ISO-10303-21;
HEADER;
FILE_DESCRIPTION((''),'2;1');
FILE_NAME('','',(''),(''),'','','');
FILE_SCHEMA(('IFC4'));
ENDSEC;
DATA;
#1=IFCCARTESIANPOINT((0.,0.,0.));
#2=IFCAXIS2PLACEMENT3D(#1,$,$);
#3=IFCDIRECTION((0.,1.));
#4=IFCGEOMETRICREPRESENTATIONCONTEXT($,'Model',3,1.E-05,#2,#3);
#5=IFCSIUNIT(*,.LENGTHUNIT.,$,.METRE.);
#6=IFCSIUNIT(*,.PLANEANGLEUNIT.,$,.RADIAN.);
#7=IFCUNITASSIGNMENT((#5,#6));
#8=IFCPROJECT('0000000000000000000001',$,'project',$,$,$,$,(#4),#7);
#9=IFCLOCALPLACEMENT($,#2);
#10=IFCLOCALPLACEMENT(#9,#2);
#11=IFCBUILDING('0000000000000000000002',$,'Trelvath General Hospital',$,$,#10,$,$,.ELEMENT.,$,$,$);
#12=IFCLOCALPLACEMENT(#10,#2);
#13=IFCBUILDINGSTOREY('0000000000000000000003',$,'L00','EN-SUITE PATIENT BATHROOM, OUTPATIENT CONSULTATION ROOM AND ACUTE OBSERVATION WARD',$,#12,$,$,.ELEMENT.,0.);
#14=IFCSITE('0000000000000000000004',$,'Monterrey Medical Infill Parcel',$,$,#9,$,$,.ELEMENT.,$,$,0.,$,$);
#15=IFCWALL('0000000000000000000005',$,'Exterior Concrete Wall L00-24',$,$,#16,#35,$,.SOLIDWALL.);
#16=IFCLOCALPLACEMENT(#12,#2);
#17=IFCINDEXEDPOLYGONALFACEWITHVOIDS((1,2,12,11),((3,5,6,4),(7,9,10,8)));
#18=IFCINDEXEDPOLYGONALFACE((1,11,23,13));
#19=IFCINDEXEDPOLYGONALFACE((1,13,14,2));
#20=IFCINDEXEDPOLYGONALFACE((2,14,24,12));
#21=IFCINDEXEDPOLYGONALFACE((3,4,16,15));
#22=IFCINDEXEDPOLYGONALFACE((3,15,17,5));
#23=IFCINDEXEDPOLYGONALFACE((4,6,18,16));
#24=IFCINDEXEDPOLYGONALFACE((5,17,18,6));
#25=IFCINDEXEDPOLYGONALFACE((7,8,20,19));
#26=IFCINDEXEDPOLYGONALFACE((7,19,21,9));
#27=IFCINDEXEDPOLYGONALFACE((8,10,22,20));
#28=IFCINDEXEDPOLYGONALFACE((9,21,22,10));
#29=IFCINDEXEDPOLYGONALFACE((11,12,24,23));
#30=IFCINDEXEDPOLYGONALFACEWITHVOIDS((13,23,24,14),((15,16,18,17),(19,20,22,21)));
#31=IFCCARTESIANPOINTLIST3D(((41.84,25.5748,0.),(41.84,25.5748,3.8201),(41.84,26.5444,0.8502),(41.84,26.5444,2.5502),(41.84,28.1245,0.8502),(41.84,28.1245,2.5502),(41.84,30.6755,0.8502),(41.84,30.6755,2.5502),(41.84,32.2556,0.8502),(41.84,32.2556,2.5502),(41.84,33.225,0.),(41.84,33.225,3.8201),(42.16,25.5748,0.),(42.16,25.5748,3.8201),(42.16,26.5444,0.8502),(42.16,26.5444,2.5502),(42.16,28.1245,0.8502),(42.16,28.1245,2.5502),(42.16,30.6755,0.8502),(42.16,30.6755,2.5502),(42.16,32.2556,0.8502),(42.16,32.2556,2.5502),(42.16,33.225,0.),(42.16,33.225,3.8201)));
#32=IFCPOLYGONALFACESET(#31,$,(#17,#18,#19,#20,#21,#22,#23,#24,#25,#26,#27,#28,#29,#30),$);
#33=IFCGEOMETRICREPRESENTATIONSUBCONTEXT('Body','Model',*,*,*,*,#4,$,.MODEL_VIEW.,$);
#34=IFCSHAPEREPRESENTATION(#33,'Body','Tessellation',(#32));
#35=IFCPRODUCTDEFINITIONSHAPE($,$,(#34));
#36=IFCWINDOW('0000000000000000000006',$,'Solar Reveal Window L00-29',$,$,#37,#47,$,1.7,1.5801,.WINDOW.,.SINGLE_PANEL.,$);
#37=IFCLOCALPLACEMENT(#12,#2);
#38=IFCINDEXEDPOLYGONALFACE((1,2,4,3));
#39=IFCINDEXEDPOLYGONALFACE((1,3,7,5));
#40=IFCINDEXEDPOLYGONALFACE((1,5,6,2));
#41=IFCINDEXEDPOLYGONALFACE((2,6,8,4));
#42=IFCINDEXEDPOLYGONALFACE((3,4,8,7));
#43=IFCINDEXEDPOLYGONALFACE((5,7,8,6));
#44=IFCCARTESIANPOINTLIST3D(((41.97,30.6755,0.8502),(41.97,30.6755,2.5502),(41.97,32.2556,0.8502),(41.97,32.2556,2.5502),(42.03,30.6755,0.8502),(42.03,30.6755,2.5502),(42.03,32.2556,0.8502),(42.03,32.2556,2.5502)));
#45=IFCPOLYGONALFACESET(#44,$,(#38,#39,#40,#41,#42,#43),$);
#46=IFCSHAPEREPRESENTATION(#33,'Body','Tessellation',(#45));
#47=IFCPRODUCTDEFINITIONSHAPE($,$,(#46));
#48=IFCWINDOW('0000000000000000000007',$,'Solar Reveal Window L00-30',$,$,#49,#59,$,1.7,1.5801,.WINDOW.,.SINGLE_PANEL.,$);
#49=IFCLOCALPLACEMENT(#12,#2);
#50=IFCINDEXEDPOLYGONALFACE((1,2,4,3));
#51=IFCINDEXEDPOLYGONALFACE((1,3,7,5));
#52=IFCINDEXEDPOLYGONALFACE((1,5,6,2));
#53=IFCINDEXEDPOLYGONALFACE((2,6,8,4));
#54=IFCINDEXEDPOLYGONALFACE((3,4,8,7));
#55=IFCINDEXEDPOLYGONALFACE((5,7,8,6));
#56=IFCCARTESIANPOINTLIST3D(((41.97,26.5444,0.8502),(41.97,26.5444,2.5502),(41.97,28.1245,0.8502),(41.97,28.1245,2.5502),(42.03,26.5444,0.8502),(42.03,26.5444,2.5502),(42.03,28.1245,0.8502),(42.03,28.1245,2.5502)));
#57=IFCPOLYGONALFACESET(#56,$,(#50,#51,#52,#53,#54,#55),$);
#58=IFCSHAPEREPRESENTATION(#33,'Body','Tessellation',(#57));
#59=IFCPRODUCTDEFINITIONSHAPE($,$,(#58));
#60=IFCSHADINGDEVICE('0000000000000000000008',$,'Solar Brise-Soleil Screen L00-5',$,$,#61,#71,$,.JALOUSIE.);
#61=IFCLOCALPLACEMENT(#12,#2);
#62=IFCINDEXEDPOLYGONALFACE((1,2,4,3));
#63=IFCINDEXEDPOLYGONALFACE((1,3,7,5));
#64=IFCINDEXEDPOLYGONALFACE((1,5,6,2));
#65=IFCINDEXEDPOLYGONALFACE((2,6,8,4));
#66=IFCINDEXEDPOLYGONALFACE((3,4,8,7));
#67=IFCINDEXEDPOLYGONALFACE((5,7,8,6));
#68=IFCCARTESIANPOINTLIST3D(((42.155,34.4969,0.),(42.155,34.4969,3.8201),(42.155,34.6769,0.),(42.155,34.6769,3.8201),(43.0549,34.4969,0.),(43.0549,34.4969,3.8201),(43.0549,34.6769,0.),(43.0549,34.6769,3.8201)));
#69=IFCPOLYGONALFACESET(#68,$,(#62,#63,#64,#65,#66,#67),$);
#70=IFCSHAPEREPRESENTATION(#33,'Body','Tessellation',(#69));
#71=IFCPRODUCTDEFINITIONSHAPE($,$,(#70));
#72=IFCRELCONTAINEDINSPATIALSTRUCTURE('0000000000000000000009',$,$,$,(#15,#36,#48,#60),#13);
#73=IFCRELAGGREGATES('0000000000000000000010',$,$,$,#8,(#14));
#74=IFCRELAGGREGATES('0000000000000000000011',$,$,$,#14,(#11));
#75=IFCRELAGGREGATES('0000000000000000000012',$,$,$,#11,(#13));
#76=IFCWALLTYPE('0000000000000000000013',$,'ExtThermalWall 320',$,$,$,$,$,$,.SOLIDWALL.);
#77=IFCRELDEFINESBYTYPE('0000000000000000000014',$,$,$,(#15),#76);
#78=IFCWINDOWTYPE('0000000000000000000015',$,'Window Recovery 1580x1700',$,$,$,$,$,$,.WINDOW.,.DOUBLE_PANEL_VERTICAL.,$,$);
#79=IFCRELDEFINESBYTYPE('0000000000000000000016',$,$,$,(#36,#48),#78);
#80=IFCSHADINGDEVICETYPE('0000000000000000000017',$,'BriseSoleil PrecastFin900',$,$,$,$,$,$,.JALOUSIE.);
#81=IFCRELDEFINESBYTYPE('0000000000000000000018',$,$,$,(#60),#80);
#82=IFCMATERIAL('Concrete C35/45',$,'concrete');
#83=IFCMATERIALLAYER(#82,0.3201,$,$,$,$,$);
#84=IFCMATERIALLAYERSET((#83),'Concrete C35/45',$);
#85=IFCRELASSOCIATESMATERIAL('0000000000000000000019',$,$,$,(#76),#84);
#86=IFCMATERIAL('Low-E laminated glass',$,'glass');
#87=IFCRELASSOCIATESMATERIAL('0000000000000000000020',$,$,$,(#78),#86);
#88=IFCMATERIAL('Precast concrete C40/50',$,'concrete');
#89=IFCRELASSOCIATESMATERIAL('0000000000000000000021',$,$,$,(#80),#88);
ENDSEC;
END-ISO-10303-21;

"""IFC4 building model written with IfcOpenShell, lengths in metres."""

from ifc_helpers import new_model, si_unit, direction, frame, frame_2d, origin, origin_2d, place, context, subcontext, project, spatial, rectangle, extrude, material, layer, layer_set, type_object, element, fill, save


model = new_model("IFC4")

# Units and contexts
model_context = context("Model", 3, precision=1e-05, world=origin(), true_north=direction((0.0, 1.0)))
body_context = subcontext(model_context, "Body", "Model", "MODEL_VIEW")
ifc_project = project(units=[si_unit("LENGTHUNIT", "METRE"), si_unit("PLANEANGLEUNIT", "RADIAN")], contexts=[model_context])

# Site, building, storey
site_placement = place(None, origin())
site = spatial("IfcSite", under=ifc_project, at=site_placement, Name="Monterrey Medical Infill Parcel", CompositionType="ELEMENT", RefElevation=0.0)
building_placement = place(site_placement, origin())
building = spatial("IfcBuilding", under=site, at=building_placement, Name="Trelvath General Hospital", CompositionType="ELEMENT")
storey_placement = place(building_placement, origin())
storey = spatial("IfcBuildingStorey", under=building, at=storey_placement, Name="L00", Description="EN-SUITE PATIENT BATHROOM, OUTPATIENT CONSULTATION ROOM AND ACUTE OBSERVATION WARD", CompositionType="ELEMENT", Elevation=0.0)

# Wall, openings, windows
ifc_material_1 = material(Name="Concrete C35/45", Category="concrete")
ifc_layer_1 = layer(ifc_material_1, 0.3201)
ifc_layer_set_1 = layer_set([ifc_layer_1], Name="Concrete C35/45")
wall_type_1 = type_object("IfcWallType", Name="ExtThermalWall 320", PredefinedType="SOLIDWALL", material=ifc_layer_set_1)
wall_1_placement = place(storey_placement, frame((42.0, 33.2251, 0.0), z_axis=(0.0, 0.0, 1.0), x_axis=(0.0, -1.0, 0.0)))
wall_1 = element("IfcWall", 1, at=wall_1_placement, inside=storey, type_object=wall_type_1, Name="Exterior Concrete Wall L00-24", PredefinedType="SOLIDWALL", context=body_context, shape_type="SweptSolid", body=[
    extrude(rectangle(XDim=7.6501, YDim=0.3201, at=frame_2d((3.8252, 0.0))), origin(), (0.0, 0.0, 1.0), 3.8201),
])
opening_1_placement = place(wall_1_placement, frame((0.9695, 0.0, 0.8501)))
opening_1 = element("IfcOpeningElement", 2, at=opening_1_placement, cuts=wall_1, PredefinedType="OPENING", context=body_context, shape_type="SweptSolid", body=[
    extrude(rectangle(XDim=1.5801, YDim=1.7, at=frame_2d((0.79, 0.8501))), frame((0.0, 0.1699, 0.0), z_axis=(0.0, -1.0, 0.0), x_axis=(1.0, 0.0, 0.0)), (0.0, 0.0, 1.0), 0.3401),
])
opening_2_placement = place(wall_1_placement, frame((5.1006, 0.0, 0.8501)))
opening_2 = element("IfcOpeningElement", 3, at=opening_2_placement, cuts=wall_1, PredefinedType="OPENING", context=body_context, shape_type="SweptSolid", body=[
    extrude(rectangle(XDim=1.5801, YDim=1.7, at=frame_2d((0.79, 0.8501))), frame((0.0, 0.1699, 0.0), z_axis=(0.0, -1.0, 0.0), x_axis=(1.0, 0.0, 0.0)), (0.0, 0.0, 1.0), 0.3401),
])
ifc_material_2 = material(Name="Low-E laminated glass", Category="glass")
window_type = type_object("IfcWindowType", Name="Window Recovery 1580x1700", PartitioningType="DOUBLE_PANEL_VERTICAL", PredefinedType="WINDOW", material=ifc_material_2)
window_1_placement = place(opening_1_placement, origin())
window_1 = element("IfcWindow", 4, at=window_1_placement, inside=storey, type_object=window_type, Name="Solar Reveal Window L00-29", OverallHeight=1.7, OverallWidth=1.5801, PartitioningType="SINGLE_PANEL", PredefinedType="WINDOW", context=body_context, shape_type="SweptSolid", body=[
    extrude(rectangle(XDim=1.5801, YDim=1.7, at=frame_2d((0.79, 0.8501))), frame((0.0, 0.03, 0.0), z_axis=(0.0, -1.0, 0.0), x_axis=(1.0, 0.0, 0.0)), (0.0, 0.0, 1.0), 0.0601),
])
fill(opening_1, window_1)
window_2_placement = place(opening_2_placement, origin())
window_2 = element("IfcWindow", 5, at=window_2_placement, inside=storey, type_object=window_type, Name="Solar Reveal Window L00-30", OverallHeight=1.7, OverallWidth=1.5801, PartitioningType="SINGLE_PANEL", PredefinedType="WINDOW", context=body_context, shape_type="SweptSolid", body=[
    extrude(rectangle(XDim=1.5801, YDim=1.7, at=frame_2d((0.79, 0.8501))), frame((0.0, 0.03, 0.0), z_axis=(0.0, -1.0, 0.0), x_axis=(1.0, 0.0, 0.0)), (0.0, 0.0, 1.0), 0.0601),
])
fill(opening_2, window_2)

# Shading device
ifc_material_3 = material(Name="Precast concrete C40/50", Category="concrete")
shading_device_type = type_object("IfcShadingDeviceType", Name="BriseSoleil PrecastFin900", PredefinedType="JALOUSIE", material=ifc_material_3)
shading_device_placement = place(storey_placement, frame((42.605, 34.5869, 0.0), z_axis=(0.0, 0.0, 1.0), x_axis=(1.0, 0.0, 0.0)))
element("IfcShadingDevice", 6, at=shading_device_placement, inside=storey, type_object=shading_device_type, Name="Solar Brise-Soleil Screen L00-5", PredefinedType="JALOUSIE", context=body_context, shape_type="SweptSolid", body=[
    extrude(rectangle(XDim=0.8999, YDim=0.1799, at=origin_2d()), origin(), (0.0, 0.0, 1.0), 3.8201),
])

save(model, "model.ifc")
